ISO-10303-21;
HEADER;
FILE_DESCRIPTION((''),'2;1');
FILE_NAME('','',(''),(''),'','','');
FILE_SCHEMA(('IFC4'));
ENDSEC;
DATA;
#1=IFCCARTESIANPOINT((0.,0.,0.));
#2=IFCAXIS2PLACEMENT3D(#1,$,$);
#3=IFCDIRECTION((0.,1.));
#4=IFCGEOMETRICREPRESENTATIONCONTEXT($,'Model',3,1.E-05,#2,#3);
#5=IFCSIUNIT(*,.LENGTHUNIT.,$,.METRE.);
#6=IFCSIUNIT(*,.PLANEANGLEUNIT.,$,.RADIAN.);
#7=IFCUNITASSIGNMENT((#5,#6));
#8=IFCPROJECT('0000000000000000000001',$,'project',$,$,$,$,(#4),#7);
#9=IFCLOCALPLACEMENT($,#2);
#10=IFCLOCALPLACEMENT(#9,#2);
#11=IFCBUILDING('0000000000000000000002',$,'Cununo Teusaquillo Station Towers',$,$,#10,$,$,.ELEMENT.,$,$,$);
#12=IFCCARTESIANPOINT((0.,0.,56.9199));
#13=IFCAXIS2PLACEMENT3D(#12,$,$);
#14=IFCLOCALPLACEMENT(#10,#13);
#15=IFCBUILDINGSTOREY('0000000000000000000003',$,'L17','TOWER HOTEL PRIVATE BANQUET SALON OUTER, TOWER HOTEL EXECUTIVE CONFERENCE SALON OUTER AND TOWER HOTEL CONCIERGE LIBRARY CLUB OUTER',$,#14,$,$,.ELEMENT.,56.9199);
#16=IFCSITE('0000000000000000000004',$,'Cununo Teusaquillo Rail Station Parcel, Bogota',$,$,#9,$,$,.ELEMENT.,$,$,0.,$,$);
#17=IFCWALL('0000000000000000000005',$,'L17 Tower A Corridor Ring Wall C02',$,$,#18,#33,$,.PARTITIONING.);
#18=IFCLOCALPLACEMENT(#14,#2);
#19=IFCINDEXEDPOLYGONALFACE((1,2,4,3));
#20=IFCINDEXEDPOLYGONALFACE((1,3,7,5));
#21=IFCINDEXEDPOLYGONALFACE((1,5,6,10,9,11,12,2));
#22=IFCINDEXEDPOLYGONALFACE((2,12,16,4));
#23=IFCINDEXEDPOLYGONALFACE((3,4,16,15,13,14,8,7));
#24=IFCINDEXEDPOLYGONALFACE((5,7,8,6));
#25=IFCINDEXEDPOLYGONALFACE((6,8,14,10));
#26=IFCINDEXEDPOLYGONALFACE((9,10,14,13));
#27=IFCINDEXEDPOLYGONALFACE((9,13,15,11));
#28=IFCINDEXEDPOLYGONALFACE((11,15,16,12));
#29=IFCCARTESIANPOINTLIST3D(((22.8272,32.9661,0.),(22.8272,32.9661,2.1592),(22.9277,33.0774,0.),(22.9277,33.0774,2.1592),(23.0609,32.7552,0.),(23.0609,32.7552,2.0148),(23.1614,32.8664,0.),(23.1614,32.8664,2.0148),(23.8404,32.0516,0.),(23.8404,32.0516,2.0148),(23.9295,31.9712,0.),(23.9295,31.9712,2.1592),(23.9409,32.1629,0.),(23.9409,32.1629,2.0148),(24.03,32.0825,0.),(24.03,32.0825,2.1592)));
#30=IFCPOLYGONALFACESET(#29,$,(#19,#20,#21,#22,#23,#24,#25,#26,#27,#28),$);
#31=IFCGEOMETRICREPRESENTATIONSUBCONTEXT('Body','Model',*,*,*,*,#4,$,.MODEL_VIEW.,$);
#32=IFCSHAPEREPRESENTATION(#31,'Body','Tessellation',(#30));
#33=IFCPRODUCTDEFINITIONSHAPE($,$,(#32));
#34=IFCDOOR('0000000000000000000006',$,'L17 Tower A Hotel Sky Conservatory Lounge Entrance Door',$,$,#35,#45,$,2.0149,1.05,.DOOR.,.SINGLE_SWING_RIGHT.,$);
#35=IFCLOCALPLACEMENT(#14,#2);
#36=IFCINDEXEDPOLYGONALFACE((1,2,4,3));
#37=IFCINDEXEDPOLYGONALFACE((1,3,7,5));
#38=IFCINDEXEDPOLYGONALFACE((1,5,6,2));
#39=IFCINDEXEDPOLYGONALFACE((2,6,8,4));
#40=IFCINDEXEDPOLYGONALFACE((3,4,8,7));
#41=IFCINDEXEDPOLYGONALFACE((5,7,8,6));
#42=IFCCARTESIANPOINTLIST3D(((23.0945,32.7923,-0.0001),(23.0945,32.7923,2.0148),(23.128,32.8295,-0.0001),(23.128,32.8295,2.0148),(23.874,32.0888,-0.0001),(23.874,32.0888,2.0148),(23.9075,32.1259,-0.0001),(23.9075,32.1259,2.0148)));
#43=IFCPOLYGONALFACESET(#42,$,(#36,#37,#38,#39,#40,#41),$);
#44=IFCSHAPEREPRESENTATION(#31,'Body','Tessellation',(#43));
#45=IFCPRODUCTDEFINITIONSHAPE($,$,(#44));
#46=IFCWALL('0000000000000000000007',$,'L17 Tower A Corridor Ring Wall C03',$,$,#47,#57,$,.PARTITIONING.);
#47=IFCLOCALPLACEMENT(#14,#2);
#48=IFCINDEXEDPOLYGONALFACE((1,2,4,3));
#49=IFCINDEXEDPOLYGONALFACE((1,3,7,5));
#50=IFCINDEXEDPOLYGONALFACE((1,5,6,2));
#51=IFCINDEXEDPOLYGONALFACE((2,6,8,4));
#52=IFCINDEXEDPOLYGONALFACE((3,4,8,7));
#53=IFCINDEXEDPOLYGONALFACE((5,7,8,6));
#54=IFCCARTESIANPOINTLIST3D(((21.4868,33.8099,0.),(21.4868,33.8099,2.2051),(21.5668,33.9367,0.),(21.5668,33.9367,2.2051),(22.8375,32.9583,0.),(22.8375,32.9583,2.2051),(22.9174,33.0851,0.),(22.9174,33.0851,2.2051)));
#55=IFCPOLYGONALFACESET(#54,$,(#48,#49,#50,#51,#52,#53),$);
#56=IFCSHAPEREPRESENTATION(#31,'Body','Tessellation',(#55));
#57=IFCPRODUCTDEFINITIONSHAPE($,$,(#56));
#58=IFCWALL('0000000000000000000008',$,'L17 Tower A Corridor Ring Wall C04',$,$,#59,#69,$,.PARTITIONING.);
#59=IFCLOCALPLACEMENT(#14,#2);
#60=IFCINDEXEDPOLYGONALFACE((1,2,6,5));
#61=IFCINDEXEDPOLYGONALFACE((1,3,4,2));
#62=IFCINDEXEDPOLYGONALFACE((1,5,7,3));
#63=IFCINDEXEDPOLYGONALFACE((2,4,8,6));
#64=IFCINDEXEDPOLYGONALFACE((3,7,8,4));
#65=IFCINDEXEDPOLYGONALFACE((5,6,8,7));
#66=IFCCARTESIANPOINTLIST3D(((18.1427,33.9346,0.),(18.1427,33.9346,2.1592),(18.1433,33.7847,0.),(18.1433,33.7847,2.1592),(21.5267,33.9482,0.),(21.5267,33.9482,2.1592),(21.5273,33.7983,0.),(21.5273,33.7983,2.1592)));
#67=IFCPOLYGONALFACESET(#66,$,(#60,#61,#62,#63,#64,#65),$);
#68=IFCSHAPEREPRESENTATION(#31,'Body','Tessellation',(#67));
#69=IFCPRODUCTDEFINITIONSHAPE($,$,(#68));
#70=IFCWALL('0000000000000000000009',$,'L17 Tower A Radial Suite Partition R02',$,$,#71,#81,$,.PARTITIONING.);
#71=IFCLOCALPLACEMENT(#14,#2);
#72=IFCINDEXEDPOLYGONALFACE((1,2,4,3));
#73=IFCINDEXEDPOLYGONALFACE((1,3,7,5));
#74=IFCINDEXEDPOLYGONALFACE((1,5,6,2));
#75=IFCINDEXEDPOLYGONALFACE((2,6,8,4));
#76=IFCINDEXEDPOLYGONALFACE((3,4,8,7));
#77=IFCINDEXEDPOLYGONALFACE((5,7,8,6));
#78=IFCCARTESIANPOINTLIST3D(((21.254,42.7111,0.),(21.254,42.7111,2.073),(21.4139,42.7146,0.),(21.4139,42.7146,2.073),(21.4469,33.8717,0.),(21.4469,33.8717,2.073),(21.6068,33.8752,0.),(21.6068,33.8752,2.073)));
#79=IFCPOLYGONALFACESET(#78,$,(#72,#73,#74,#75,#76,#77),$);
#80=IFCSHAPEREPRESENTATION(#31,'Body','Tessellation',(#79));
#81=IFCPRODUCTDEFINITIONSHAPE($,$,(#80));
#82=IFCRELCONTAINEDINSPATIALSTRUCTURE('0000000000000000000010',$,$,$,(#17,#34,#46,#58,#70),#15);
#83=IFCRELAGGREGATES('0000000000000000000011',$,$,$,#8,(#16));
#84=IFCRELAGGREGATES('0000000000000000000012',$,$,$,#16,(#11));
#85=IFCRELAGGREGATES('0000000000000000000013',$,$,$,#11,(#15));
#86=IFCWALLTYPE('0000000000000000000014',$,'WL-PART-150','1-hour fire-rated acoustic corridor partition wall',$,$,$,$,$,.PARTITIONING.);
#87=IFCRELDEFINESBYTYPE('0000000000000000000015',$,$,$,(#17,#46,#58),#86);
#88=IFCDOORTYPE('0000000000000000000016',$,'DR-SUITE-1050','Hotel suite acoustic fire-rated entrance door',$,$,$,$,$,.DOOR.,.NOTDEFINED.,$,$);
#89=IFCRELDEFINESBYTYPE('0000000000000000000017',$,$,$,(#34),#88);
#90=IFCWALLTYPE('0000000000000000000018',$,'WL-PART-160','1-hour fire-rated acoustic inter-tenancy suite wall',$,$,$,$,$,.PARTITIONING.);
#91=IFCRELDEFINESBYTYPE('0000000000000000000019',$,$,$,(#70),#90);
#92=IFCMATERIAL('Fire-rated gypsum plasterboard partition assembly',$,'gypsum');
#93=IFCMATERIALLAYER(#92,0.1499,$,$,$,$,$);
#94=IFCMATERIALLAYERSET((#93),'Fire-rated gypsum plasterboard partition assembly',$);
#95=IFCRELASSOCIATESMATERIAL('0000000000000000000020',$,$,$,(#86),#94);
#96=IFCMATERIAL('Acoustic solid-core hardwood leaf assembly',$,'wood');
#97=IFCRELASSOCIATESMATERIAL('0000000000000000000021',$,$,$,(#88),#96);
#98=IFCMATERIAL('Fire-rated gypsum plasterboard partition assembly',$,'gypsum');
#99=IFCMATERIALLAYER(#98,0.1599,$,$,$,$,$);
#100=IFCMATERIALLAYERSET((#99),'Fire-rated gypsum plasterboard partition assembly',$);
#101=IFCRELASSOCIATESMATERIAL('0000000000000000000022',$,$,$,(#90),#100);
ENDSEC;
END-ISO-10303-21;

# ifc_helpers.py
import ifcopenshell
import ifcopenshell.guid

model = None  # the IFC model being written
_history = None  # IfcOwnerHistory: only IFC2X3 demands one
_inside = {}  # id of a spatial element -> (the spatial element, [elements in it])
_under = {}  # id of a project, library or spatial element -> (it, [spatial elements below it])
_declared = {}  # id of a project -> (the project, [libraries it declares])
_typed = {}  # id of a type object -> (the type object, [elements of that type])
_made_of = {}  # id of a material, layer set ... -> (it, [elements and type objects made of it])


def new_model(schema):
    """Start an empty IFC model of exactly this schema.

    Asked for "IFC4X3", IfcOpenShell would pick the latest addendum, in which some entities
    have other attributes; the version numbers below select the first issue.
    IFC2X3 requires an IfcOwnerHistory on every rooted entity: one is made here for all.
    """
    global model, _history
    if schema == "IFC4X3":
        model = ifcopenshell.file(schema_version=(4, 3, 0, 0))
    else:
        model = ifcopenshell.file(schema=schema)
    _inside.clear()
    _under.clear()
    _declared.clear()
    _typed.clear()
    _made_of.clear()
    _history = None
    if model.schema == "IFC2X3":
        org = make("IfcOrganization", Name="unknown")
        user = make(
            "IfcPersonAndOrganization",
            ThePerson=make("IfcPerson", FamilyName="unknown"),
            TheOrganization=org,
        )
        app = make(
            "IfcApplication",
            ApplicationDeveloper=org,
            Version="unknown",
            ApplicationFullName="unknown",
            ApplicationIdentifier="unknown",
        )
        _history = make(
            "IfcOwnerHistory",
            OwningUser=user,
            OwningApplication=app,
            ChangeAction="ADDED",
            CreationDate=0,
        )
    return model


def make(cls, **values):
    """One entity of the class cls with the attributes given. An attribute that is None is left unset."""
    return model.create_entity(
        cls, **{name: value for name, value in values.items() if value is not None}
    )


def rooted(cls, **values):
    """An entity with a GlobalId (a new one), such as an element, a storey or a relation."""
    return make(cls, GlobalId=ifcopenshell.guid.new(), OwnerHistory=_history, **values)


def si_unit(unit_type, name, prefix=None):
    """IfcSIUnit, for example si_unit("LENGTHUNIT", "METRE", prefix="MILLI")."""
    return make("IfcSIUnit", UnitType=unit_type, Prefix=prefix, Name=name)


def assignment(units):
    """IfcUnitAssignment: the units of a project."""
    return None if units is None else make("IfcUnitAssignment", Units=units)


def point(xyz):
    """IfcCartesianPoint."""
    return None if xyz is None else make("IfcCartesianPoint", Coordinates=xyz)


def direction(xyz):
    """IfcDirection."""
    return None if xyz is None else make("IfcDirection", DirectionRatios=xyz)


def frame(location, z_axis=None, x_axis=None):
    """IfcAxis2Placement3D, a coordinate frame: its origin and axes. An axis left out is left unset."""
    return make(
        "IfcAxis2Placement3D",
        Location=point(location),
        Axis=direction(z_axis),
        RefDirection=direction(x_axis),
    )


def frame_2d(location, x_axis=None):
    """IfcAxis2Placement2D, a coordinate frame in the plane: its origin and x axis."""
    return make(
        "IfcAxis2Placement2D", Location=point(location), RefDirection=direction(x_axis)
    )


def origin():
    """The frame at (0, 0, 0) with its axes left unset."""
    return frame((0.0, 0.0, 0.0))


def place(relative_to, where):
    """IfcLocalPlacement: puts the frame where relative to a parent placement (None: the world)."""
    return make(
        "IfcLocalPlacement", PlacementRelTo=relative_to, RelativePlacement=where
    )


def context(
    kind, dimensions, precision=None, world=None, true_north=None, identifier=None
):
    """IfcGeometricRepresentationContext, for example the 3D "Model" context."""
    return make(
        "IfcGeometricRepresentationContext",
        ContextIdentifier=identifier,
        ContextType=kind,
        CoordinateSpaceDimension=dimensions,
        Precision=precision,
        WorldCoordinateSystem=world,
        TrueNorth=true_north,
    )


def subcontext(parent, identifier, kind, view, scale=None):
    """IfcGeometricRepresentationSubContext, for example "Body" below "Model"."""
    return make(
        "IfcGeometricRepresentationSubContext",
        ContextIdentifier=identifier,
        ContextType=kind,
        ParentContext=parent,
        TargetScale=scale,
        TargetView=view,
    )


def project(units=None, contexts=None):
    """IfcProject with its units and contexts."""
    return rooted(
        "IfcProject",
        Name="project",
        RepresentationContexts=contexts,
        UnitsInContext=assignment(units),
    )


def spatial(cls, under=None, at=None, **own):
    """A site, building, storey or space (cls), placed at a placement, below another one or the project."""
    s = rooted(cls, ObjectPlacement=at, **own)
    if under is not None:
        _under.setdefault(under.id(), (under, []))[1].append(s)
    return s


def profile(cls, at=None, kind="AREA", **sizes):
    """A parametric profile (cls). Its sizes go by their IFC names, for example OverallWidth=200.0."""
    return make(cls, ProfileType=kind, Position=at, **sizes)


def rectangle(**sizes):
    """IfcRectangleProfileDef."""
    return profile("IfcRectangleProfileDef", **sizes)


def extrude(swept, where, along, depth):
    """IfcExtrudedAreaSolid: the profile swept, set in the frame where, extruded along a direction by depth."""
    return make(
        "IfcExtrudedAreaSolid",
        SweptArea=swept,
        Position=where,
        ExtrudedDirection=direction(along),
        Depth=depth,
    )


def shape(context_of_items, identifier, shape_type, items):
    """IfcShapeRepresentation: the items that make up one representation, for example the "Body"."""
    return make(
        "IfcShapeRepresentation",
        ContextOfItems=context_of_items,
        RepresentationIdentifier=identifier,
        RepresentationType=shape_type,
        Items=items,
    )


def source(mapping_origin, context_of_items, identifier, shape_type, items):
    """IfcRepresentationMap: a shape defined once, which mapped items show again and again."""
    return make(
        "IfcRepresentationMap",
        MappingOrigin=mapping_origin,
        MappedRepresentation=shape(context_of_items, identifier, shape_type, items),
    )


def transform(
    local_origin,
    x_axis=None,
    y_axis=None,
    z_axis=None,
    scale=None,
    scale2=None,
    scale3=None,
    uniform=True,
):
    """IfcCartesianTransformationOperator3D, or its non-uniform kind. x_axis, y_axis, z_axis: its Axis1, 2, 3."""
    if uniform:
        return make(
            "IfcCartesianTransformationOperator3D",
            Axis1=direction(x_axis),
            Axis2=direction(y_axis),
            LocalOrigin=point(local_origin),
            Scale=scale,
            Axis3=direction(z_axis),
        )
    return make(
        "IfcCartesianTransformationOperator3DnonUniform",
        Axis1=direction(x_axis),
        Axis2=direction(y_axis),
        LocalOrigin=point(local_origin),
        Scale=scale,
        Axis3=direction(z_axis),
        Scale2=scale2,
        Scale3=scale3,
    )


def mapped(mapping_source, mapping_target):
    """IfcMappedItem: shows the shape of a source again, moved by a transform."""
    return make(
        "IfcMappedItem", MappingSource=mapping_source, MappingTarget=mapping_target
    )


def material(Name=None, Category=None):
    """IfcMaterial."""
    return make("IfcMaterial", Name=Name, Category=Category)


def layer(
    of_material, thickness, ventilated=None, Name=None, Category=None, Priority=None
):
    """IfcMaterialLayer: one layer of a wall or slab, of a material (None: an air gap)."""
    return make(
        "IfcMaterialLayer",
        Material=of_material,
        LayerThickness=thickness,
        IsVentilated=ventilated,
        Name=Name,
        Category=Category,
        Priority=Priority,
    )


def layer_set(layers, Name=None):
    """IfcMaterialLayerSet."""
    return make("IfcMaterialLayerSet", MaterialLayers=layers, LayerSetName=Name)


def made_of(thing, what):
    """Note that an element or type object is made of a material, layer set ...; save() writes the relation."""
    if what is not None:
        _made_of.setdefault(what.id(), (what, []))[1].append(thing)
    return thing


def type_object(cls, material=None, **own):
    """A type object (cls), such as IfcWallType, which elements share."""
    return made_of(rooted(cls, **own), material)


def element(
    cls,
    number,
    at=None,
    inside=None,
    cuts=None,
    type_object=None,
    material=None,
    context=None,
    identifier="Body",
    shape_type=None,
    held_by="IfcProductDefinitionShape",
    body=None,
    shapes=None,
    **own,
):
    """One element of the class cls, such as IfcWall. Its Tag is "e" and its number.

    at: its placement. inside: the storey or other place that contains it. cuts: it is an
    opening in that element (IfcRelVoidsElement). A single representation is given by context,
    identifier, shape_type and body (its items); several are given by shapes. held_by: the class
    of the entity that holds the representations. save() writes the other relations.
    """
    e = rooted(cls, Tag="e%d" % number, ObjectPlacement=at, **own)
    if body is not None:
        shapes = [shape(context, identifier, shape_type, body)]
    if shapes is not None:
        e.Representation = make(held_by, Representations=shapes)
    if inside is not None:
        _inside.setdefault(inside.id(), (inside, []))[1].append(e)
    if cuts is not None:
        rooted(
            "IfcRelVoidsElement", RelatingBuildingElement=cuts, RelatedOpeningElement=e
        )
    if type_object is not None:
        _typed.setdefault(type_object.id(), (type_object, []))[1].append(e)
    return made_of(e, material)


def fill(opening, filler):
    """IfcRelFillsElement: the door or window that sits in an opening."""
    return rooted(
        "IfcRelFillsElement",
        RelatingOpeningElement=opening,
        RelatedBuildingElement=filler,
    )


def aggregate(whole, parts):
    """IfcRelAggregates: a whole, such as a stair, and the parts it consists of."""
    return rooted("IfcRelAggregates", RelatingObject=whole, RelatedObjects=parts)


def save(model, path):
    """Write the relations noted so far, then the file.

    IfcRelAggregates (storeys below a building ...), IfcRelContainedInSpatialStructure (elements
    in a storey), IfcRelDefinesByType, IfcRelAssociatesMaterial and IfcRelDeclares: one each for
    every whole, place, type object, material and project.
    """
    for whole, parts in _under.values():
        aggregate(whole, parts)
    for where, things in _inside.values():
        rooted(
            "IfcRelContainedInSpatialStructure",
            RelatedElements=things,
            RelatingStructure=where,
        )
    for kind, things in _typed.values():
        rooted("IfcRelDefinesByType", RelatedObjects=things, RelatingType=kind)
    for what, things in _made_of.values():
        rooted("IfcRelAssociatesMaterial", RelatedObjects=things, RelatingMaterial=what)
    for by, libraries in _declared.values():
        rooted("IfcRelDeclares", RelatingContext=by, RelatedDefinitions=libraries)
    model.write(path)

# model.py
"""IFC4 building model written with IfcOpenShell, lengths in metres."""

from ifc_helpers import new_model, si_unit, direction, frame, frame_2d, origin, place, context, subcontext, project, spatial, rectangle, extrude, source, transform, mapped, material, layer, layer_set, type_object, element, fill, save


model = new_model("IFC4")

# Units and contexts
model_context = context("Model", 3, precision=1e-05, world=origin(), true_north=direction((0.0, 1.0)))
body_context = subcontext(model_context, "Body", "Model", "MODEL_VIEW")
ifc_project = project(units=[si_unit("LENGTHUNIT", "METRE"), si_unit("PLANEANGLEUNIT", "RADIAN")], contexts=[model_context])

# Site, building, storey
site_placement = place(None, origin())
site = spatial("IfcSite", under=ifc_project, at=site_placement, Name="Cununo Teusaquillo Rail Station Parcel, Bogota", CompositionType="ELEMENT", RefElevation=0.0)
building_placement = place(site_placement, origin())
building = spatial("IfcBuilding", under=site, at=building_placement, Name="Cununo Teusaquillo Station Towers", CompositionType="ELEMENT")
storey_placement = place(building_placement, frame((0.0, 0.0, 56.9199)))
storey = spatial("IfcBuildingStorey", under=building, at=storey_placement, Name="L17", Description="TOWER HOTEL PRIVATE BANQUET SALON OUTER, TOWER HOTEL EXECUTIVE CONFERENCE SALON OUTER AND TOWER HOTEL CONCIERGE LIBRARY CLUB OUTER", CompositionType="ELEMENT", Elevation=56.9199)

# Shared definitions
ifc_material_1 = material(Name="Fire-rated gypsum plasterboard partition assembly", Category="gypsum")
ifc_layer_1 = layer(ifc_material_1, 0.1499)
ifc_layer_set_1 = layer_set([ifc_layer_1], Name="Fire-rated gypsum plasterboard partition assembly")
wall_type_1 = type_object("IfcWallType", Name="WL-PART-150", Description="1-hour fire-rated acoustic corridor partition wall", PredefinedType="PARTITIONING", material=ifc_layer_set_1)

# Wall, opening, door
wall_1_placement = place(storey_placement, frame((23.9797, 32.0269, 0.0), z_axis=(0.0, 0.0, 1.0), x_axis=(-0.742353, 0.670009, 0.0)))
wall_1 = element("IfcWall", 1, at=wall_1_placement, inside=storey, type_object=wall_type_1, Name="L17 Tower A Corridor Ring Wall C02", PredefinedType="PARTITIONING", context=body_context, shape_type="SweptSolid", body=[
    extrude(rectangle(XDim=1.4849, YDim=0.1499, at=frame_2d((0.7424, 0.0))), origin(), (0.0, 0.0, 1.0), 2.1592),
])
shared_shape_1 = source(origin(), body_context, "Body", "SweptSolid", [
    extrude(rectangle(XDim=1.05, YDim=2.0149, at=frame_2d((0.5249, 1.0073))), frame((0.0, 0.085, 0.0), z_axis=(0.0, -1.0, 0.0), x_axis=(1.0, 0.0, 0.0)), (0.0, 0.0, 1.0), 0.1699),
])
opening_1_placement = place(wall_1_placement, frame((0.1201, 0.0, 0.0)))
opening_1 = element("IfcOpeningElement", 2, at=opening_1_placement, cuts=wall_1, PredefinedType="OPENING", context=body_context, shape_type="MappedRepresentation", body=[
    mapped(shared_shape_1, transform((0.0, 0.0, 0.0), x_axis=(1.0, 0.0, 0.0), y_axis=(0.0, 1.0, 0.0), z_axis=(0.0, 0.0, 1.0), scale=1.0)),
])
ifc_material_2 = material(Name="Acoustic solid-core hardwood leaf assembly", Category="wood")
door_type_1 = type_object("IfcDoorType", Name="DR-SUITE-1050", Description="Hotel suite acoustic fire-rated entrance door", OperationType="NOTDEFINED", PredefinedType="DOOR", material=ifc_material_2)
shared_shape_2 = source(origin(), body_context, "Body", "SweptSolid", [
    extrude(rectangle(XDim=1.05, YDim=2.0149, at=frame_2d((0.5249, 1.0073))), frame((0.0, 0.0249, 0.0), z_axis=(0.0, -1.0, 0.0), x_axis=(1.0, 0.0, 0.0)), (0.0, 0.0, 1.0), 0.05),
])
door_1_placement = place(opening_1_placement, origin())
door_1 = element("IfcDoor", 3, at=door_1_placement, inside=storey, type_object=door_type_1, Name="L17 Tower A Hotel Sky Conservatory Lounge Entrance Door", OperationType="SINGLE_SWING_RIGHT", OverallHeight=2.0149, OverallWidth=1.05, PredefinedType="DOOR", context=body_context, shape_type="MappedRepresentation", body=[
    mapped(shared_shape_2, transform((0.0, 0.0, 0.0), x_axis=(1.0, 0.0, 0.0), y_axis=(0.0, 1.0, 0.0), z_axis=(0.0, 0.0, 1.0), scale=1.0)),
])
fill(opening_1, door_1)

# Walls
wall_2_placement = place(storey_placement, frame((22.8774, 33.0217, 0.0), z_axis=(0.0, 0.0, 1.0), x_axis=(-0.845896, 0.533348, 0.0)))
element("IfcWall", 4, at=wall_2_placement, inside=storey, type_object=wall_type_1, Name="L17 Tower A Corridor Ring Wall C03", PredefinedType="PARTITIONING", context=body_context, shape_type="SweptSolid", body=[
    extrude(rectangle(XDim=1.5967, YDim=0.1499, at=frame_2d((0.7983, 0.0))), origin(), (0.0, 0.0, 1.0), 2.2051),
])
wall_3_placement = place(storey_placement, frame((21.5269, 33.8733, 0.0), z_axis=(0.0, 0.0, 1.0), x_axis=(-0.999992, -0.00404, 0.0)))
element("IfcWall", 5, at=wall_3_placement, inside=storey, type_object=wall_type_1, Name="L17 Tower A Corridor Ring Wall C04", PredefinedType="PARTITIONING", context=body_context, shape_type="SweptSolid", body=[
    extrude(rectangle(XDim=3.384, YDim=0.1499, at=frame_2d((1.6919, 0.0))), origin(), (0.0, 0.0, 1.0), 2.1592),
])
ifc_material_3 = material(Name="Fire-rated gypsum plasterboard partition assembly", Category="gypsum")
ifc_layer_2 = layer(ifc_material_3, 0.1599)
ifc_layer_set_2 = layer_set([ifc_layer_2], Name="Fire-rated gypsum plasterboard partition assembly")
wall_type_2 = type_object("IfcWallType", Name="WL-PART-160", Description="1-hour fire-rated acoustic inter-tenancy suite wall", PredefinedType="PARTITIONING", material=ifc_layer_set_2)
wall_4_placement = place(storey_placement, frame((21.5269, 33.8733, 0.0), z_axis=(0.0, 0.0, 1.0), x_axis=(-0.021814, 0.999762, 0.0)))
element("IfcWall", 6, at=wall_4_placement, inside=storey, type_object=wall_type_2, Name="L17 Tower A Radial Suite Partition R02", PredefinedType="PARTITIONING", context=body_context, shape_type="SweptSolid", body=[
    extrude(rectangle(XDim=8.8416, YDim=0.1599, at=frame_2d((4.4209, 0.0))), origin(), (0.0, 0.0, 1.0), 2.073),
])

save(model, "model.ifc")
